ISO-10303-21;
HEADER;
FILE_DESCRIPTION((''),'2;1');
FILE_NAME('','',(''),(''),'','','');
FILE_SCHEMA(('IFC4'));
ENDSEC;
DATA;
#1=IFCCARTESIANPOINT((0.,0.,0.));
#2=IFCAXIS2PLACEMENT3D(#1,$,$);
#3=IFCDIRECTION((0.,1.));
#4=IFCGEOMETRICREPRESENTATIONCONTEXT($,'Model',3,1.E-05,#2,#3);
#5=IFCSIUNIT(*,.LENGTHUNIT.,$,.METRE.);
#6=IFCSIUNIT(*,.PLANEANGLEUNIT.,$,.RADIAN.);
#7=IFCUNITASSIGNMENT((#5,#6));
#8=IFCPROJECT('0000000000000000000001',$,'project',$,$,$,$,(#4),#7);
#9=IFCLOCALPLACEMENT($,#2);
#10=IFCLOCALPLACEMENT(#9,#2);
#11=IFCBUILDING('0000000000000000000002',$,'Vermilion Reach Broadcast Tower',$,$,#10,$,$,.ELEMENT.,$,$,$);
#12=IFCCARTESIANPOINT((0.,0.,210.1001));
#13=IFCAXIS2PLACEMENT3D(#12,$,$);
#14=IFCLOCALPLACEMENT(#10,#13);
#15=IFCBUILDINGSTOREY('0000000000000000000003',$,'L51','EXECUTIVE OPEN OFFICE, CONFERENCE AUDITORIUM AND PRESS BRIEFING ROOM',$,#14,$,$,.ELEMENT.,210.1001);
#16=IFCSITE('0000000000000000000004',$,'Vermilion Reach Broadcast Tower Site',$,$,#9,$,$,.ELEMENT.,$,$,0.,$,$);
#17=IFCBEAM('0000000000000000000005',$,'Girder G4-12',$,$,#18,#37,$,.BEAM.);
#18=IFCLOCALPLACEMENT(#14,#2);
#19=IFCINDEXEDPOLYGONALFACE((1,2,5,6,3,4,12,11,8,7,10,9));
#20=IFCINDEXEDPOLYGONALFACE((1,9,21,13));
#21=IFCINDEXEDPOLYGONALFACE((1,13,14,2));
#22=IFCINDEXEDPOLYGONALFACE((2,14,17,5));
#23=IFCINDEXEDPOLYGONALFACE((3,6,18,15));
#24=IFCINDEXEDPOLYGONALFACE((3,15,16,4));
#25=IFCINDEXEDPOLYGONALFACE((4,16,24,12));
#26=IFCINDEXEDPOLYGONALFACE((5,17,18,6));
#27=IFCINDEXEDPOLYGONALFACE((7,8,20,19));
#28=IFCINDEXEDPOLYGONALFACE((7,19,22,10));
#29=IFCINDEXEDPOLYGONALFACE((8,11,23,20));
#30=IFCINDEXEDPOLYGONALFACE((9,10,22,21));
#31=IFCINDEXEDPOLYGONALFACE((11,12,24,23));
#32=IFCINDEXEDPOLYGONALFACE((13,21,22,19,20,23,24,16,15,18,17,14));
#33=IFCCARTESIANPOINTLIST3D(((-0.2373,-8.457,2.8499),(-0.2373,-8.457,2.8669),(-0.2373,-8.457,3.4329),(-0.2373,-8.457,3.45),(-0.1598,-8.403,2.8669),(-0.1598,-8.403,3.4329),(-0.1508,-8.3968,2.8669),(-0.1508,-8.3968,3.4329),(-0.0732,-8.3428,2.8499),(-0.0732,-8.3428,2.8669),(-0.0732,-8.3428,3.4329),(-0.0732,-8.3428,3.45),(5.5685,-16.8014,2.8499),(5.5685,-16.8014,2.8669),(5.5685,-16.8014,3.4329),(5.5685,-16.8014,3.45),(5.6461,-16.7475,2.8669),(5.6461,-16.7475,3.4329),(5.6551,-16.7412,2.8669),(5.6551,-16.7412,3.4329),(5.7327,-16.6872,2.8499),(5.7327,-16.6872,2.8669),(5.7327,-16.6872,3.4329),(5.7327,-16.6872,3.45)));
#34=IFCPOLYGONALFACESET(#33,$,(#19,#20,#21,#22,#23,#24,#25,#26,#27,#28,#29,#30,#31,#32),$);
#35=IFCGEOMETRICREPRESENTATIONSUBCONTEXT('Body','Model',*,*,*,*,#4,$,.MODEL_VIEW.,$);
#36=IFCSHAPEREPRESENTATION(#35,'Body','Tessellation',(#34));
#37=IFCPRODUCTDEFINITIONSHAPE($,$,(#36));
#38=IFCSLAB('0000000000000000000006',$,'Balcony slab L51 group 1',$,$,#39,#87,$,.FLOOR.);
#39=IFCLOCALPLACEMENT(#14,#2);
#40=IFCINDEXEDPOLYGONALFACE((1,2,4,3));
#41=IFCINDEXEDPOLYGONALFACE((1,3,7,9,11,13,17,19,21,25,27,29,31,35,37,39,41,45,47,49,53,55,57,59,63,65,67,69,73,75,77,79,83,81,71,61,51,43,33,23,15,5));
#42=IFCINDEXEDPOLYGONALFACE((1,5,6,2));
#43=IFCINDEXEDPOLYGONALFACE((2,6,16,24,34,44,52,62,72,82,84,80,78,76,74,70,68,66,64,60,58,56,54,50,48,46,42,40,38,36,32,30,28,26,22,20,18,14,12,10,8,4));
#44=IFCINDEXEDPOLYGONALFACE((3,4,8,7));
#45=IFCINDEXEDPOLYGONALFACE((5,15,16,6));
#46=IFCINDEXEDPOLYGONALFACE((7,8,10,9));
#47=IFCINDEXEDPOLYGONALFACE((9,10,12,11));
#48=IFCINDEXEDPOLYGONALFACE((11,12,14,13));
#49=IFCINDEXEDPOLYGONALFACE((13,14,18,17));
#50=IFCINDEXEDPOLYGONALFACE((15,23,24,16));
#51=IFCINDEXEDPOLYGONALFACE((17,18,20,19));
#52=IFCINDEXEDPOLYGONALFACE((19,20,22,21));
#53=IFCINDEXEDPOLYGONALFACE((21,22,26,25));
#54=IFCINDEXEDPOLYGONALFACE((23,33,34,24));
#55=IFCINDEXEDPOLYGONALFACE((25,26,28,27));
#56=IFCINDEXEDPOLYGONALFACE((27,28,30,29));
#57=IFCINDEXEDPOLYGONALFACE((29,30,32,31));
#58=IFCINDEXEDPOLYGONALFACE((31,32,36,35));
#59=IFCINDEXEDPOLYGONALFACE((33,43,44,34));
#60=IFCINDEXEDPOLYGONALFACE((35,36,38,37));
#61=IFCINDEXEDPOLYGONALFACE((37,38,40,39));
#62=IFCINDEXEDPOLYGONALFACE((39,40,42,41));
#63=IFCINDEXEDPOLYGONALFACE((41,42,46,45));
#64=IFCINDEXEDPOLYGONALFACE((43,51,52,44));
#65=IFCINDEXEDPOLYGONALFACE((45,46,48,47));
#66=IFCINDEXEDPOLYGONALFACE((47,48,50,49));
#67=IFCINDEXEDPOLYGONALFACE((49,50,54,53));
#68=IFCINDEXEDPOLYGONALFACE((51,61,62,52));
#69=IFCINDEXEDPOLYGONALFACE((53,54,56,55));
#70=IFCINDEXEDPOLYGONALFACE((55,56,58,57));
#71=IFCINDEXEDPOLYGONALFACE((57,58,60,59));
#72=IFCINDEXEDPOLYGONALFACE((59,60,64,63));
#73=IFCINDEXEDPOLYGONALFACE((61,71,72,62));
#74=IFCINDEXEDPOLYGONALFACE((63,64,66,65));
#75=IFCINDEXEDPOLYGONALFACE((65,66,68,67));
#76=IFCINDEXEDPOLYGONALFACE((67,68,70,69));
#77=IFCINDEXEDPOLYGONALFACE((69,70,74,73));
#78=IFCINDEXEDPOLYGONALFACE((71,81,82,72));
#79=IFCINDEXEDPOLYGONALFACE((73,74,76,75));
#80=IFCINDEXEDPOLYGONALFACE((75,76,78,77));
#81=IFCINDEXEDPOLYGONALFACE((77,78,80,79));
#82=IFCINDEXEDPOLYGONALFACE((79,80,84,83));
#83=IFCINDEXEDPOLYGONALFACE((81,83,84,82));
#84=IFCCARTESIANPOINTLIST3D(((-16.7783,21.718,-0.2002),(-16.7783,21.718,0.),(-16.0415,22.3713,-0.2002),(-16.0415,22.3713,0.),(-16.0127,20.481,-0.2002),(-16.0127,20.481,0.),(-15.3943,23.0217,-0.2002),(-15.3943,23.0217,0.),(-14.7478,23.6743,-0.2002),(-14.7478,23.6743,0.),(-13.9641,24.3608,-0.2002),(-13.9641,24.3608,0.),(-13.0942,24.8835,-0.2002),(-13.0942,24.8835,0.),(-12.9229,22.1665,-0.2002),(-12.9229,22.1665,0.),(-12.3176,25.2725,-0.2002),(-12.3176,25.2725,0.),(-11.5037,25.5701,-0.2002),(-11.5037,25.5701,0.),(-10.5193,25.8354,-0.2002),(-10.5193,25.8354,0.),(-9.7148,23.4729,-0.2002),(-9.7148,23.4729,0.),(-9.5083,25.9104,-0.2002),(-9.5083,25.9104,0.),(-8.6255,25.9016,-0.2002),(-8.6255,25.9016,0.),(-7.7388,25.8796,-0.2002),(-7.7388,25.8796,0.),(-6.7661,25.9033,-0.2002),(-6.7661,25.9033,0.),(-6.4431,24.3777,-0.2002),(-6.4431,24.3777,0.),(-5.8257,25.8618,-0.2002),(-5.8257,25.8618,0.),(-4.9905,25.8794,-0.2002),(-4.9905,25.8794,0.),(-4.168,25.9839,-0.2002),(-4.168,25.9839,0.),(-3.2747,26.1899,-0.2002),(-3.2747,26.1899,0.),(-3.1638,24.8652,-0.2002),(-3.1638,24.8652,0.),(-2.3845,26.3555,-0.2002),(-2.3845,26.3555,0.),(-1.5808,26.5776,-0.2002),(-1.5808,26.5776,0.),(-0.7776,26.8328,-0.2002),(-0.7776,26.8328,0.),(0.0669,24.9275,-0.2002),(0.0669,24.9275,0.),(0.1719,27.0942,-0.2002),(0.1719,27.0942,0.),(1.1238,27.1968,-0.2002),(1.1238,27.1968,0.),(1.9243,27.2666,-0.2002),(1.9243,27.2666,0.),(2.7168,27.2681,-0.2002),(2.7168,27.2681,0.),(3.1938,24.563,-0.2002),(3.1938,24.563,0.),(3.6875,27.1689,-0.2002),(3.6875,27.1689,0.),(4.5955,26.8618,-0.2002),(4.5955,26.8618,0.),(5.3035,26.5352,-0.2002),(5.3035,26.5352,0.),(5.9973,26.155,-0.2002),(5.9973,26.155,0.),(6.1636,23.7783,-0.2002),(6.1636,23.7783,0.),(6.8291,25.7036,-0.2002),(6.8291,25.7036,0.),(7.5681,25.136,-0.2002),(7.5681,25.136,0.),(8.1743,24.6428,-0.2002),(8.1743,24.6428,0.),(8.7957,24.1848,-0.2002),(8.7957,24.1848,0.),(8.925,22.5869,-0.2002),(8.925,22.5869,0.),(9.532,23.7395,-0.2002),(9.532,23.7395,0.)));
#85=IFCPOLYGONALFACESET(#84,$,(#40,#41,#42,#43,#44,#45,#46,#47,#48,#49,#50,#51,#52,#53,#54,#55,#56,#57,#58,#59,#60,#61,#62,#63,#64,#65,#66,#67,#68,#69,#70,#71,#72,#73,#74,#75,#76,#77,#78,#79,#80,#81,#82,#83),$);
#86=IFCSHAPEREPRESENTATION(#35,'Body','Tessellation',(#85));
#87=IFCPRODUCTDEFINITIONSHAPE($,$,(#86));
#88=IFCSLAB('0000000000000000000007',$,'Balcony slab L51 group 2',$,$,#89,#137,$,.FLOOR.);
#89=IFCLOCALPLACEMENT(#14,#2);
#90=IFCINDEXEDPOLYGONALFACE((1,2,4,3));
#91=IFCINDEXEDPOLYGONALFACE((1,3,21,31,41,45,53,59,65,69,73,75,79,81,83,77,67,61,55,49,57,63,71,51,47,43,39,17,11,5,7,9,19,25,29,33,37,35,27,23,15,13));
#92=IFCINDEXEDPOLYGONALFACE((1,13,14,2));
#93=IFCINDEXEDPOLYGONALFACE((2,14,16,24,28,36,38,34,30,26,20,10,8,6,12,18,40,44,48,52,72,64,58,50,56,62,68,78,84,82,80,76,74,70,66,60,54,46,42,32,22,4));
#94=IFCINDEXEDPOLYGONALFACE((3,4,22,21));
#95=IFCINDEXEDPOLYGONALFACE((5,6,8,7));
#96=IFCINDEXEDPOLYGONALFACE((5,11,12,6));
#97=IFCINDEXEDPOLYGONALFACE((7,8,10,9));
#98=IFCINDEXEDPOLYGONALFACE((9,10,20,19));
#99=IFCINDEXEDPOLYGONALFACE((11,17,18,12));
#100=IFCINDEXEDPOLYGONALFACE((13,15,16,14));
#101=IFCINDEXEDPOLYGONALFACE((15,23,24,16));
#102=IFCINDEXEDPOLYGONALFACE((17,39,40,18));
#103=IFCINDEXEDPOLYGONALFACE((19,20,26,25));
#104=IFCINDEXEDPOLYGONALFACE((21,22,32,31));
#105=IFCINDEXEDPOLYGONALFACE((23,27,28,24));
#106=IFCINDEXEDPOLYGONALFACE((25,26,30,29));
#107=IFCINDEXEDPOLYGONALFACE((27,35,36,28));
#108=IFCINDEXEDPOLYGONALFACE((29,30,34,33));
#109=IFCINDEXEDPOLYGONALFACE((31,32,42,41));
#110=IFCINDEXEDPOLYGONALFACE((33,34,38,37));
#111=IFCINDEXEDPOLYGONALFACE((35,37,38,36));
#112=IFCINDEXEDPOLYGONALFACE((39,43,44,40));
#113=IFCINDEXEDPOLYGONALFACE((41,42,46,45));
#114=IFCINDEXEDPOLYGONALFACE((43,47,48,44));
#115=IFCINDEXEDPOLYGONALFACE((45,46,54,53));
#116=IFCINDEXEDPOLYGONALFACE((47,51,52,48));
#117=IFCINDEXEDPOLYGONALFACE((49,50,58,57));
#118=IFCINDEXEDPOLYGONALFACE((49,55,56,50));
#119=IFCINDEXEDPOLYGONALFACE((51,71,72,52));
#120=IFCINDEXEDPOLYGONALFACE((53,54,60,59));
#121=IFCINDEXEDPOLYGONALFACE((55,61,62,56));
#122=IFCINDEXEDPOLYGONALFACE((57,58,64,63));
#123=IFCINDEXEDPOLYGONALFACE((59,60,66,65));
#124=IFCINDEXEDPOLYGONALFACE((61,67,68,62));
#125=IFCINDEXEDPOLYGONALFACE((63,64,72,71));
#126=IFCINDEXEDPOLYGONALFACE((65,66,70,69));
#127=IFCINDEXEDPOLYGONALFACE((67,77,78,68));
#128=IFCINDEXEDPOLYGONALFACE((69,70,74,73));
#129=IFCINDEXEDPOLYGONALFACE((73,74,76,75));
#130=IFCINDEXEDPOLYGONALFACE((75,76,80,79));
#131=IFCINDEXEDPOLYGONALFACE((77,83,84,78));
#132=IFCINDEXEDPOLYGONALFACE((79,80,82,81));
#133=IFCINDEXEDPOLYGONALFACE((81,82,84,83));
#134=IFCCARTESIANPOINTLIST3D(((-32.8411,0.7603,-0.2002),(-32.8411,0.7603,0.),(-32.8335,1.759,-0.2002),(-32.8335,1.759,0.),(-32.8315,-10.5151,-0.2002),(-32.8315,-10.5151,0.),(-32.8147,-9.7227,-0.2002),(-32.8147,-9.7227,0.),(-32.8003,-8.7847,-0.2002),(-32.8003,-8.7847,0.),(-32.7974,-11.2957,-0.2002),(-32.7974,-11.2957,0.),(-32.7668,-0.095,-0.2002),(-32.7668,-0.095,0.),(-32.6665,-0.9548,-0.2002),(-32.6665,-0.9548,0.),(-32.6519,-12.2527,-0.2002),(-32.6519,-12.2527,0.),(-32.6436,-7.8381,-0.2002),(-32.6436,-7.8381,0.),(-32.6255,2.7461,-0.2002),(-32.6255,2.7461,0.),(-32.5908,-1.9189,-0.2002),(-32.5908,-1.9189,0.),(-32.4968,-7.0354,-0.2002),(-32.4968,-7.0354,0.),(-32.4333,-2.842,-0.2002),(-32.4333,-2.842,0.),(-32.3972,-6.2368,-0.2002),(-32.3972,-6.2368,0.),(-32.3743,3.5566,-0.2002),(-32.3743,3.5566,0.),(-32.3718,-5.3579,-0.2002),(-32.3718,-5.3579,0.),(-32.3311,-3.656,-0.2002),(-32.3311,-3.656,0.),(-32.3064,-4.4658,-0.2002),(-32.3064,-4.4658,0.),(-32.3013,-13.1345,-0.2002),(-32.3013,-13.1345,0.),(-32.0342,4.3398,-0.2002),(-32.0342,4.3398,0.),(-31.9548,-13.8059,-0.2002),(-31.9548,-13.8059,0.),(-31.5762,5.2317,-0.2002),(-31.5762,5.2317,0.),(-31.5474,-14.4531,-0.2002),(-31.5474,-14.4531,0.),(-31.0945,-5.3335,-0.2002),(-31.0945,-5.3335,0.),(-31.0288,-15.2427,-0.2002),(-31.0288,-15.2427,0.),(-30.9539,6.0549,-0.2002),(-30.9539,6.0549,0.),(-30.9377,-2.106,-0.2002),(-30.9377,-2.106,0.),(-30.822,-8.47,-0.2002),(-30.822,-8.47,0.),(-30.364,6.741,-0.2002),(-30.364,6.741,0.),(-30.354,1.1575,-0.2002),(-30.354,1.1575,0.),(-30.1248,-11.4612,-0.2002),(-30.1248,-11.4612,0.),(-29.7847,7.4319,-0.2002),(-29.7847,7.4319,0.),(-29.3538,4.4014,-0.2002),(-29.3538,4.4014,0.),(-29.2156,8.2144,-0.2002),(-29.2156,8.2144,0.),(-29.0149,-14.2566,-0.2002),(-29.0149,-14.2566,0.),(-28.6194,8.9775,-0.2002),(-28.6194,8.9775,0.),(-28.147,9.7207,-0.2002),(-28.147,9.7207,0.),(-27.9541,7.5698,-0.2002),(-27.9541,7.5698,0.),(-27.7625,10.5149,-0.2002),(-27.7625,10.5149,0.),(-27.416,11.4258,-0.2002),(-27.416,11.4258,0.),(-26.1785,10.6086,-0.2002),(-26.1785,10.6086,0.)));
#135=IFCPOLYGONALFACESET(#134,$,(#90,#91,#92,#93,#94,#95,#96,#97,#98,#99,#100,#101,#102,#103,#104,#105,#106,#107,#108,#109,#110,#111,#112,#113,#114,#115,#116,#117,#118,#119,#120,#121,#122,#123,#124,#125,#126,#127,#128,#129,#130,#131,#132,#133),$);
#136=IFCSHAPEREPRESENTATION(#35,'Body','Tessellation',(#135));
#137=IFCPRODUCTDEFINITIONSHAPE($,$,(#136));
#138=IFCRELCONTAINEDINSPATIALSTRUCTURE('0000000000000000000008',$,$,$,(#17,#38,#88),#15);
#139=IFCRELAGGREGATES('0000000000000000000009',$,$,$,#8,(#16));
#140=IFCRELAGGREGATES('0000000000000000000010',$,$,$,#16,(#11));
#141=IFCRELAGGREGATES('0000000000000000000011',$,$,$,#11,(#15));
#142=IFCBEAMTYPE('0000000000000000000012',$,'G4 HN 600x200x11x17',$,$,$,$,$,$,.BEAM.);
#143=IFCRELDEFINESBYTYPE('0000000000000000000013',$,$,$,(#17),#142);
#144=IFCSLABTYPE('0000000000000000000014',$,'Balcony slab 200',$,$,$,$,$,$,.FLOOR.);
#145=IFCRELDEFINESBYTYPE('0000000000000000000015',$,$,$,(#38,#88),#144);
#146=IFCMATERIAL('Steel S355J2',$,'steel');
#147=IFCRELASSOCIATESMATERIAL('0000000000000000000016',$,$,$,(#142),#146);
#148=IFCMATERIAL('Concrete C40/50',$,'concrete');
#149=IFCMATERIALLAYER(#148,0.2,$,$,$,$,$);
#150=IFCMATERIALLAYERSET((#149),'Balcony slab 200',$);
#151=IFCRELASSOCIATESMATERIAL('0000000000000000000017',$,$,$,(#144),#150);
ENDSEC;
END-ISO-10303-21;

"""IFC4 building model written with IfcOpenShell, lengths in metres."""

from ifc_helpers import new_model, si_unit, direction, frame, origin, origin_2d, place, context, subcontext, project, spatial, polyline, i_section, outline, extrude, material, layer, layer_set, material_profile, profile_set, type_object, element, save


model = new_model("IFC4")

# Units and contexts
model_context = context("Model", 3, precision=1e-05, world=origin(), true_north=direction((0.0, 1.0)))
body_context = subcontext(model_context, "Body", "Model", "MODEL_VIEW")
ifc_project = project(units=[si_unit("LENGTHUNIT", "METRE"), si_unit("PLANEANGLEUNIT", "RADIAN")], contexts=[model_context])

# Site, building, storey
site_placement = place(None, origin())
site = spatial("IfcSite", under=ifc_project, at=site_placement, Name="Vermilion Reach Broadcast Tower Site", CompositionType="ELEMENT", RefElevation=0.0)
building_placement = place(site_placement, origin())
building = spatial("IfcBuilding", under=site, at=building_placement, Name="Vermilion Reach Broadcast Tower", CompositionType="ELEMENT")
storey_placement = place(building_placement, frame((0.0, 0.0, 210.1001)))
storey = spatial("IfcBuildingStorey", under=building, at=storey_placement, Name="L51", Description="EXECUTIVE OPEN OFFICE, CONFERENCE AUDITORIUM AND PRESS BRIEFING ROOM", CompositionType="ELEMENT", Elevation=210.1001)

# Beam
ifc_material_1 = material(Name="Steel S355J2", Category="steel")
ifc_material_profile = material_profile(ifc_material_1, i_section(OverallWidth=0.2, OverallDepth=0.6001, WebThickness=0.011, FlangeThickness=0.0171, at=origin_2d()), Name="S355J2 HN 600x200x11x17")
ifc_profile_set = profile_set([ifc_material_profile], Name="Steel S355J2")
beam_type = type_object("IfcBeamType", Name="G4 HN 600x200x11x17", PredefinedType="BEAM", material=ifc_profile_set)
beam_placement = place(storey_placement, frame((-0.1553, -8.3999, 3.1499), z_axis=(0.571134, -0.820857, 0.0), x_axis=(0.820857, 0.571134, 0.0)))
element("IfcBeam", 1, at=beam_placement, inside=storey, type_object=beam_type, Name="Girder G4-12", PredefinedType="BEAM", context=body_context, shape_type="SweptSolid", body=[
    extrude(i_section(OverallWidth=0.2, OverallDepth=0.6001, WebThickness=0.011, FlangeThickness=0.0171, at=origin_2d()), origin(), (0.0, 0.0, 1.0), 10.1655),
])

# Slabs
ifc_material_2 = material(Name="Concrete C40/50", Category="concrete")
ifc_layer_1 = layer(ifc_material_2, 0.2)
ifc_layer_set_1 = layer_set([ifc_layer_1], Name="Balcony slab 200")
slab_type_1 = type_object("IfcSlabType", Name="Balcony slab 200", PredefinedType="FLOOR", material=ifc_layer_set_1)
placement_1 = place(storey_placement, frame((0.0, 0.0, -0.2002)))
element("IfcSlab", 2, at=placement_1, inside=storey, type_object=slab_type_1, Name="Balcony slab L51 group 1", PredefinedType="FLOOR", context=body_context, shape_type="SweptSolid", body=[
    extrude(outline(polyline([(8.925, 22.5869), (6.1636, 23.7783), (3.1938, 24.563), (0.0669, 24.9275), (-3.1638, 24.8652), (-6.4431, 24.3777), (-9.7148, 23.4729), (-12.9229, 22.1665), (-16.0127, 20.481), (-16.7783, 21.718), (-16.0415, 22.3713), (-15.3943, 23.0217), (-14.7478, 23.6743), (-13.9641, 24.3608), (-13.0942, 24.8835), (-12.3176, 25.2725), (-11.5037, 25.5701), (-10.5193, 25.8354), (-9.5083, 25.9104), (-8.6255, 25.9016), (-7.7388, 25.8796), (-6.7661, 25.9033), (-5.8257, 25.8618), (-4.9905, 25.8794), (-4.168, 25.9839), (-3.2747, 26.1899), (-2.3845, 26.3555), (-1.5808, 26.5776), (-0.7776, 26.8328), (0.1719, 27.0942), (1.1238, 27.1968), (1.9243, 27.2666), (2.7168, 27.2681), (3.6875, 27.1689), (4.5955, 26.8618), (5.3035, 26.5352), (5.9973, 26.155), (6.8291, 25.7036), (7.5681, 25.136), (8.1743, 24.6428), (8.7957, 24.1848), (9.532, 23.7395), (8.925, 22.5869)])), origin(), (0.0, 0.0, 1.0), 0.2002),
])
element("IfcSlab", 3, at=placement_1, inside=storey, type_object=slab_type_1, Name="Balcony slab L51 group 2", PredefinedType="FLOOR", context=body_context, shape_type="SweptSolid", body=[
    extrude(outline(polyline([(-26.1785, 10.6086), (-27.9541, 7.5698), (-29.3538, 4.4014), (-30.354, 1.1575), (-30.9377, -2.106), (-31.0945, -5.3335), (-30.822, -8.47), (-30.1248, -11.4612), (-29.0149, -14.2566), (-31.0288, -15.2427), (-31.5474, -14.4531), (-31.9548, -13.8059), (-32.3013, -13.1345), (-32.6519, -12.2527), (-32.7974, -11.2957), (-32.8315, -10.5151), (-32.8147, -9.7227), (-32.8003, -8.7847), (-32.6436, -7.8381), (-32.4968, -7.0354), (-32.3972, -6.2368), (-32.3718, -5.3579), (-32.3064, -4.4658), (-32.3311, -3.656), (-32.4333, -2.842), (-32.5908, -1.9189), (-32.6665, -0.9548), (-32.7668, -0.095), (-32.8411, 0.7603), (-32.8335, 1.759), (-32.6255, 2.7461), (-32.3743, 3.5566), (-32.0342, 4.3398), (-31.5762, 5.2317), (-30.9539, 6.0549), (-30.364, 6.741), (-29.7847, 7.4319), (-29.2156, 8.2144), (-28.6194, 8.9775), (-28.147, 9.7207), (-27.7625, 10.5149), (-27.416, 11.4258), (-26.1785, 10.6086)])), origin(), (0.0, 0.0, 1.0), 0.2002),
])

save(model, "model.ifc")
